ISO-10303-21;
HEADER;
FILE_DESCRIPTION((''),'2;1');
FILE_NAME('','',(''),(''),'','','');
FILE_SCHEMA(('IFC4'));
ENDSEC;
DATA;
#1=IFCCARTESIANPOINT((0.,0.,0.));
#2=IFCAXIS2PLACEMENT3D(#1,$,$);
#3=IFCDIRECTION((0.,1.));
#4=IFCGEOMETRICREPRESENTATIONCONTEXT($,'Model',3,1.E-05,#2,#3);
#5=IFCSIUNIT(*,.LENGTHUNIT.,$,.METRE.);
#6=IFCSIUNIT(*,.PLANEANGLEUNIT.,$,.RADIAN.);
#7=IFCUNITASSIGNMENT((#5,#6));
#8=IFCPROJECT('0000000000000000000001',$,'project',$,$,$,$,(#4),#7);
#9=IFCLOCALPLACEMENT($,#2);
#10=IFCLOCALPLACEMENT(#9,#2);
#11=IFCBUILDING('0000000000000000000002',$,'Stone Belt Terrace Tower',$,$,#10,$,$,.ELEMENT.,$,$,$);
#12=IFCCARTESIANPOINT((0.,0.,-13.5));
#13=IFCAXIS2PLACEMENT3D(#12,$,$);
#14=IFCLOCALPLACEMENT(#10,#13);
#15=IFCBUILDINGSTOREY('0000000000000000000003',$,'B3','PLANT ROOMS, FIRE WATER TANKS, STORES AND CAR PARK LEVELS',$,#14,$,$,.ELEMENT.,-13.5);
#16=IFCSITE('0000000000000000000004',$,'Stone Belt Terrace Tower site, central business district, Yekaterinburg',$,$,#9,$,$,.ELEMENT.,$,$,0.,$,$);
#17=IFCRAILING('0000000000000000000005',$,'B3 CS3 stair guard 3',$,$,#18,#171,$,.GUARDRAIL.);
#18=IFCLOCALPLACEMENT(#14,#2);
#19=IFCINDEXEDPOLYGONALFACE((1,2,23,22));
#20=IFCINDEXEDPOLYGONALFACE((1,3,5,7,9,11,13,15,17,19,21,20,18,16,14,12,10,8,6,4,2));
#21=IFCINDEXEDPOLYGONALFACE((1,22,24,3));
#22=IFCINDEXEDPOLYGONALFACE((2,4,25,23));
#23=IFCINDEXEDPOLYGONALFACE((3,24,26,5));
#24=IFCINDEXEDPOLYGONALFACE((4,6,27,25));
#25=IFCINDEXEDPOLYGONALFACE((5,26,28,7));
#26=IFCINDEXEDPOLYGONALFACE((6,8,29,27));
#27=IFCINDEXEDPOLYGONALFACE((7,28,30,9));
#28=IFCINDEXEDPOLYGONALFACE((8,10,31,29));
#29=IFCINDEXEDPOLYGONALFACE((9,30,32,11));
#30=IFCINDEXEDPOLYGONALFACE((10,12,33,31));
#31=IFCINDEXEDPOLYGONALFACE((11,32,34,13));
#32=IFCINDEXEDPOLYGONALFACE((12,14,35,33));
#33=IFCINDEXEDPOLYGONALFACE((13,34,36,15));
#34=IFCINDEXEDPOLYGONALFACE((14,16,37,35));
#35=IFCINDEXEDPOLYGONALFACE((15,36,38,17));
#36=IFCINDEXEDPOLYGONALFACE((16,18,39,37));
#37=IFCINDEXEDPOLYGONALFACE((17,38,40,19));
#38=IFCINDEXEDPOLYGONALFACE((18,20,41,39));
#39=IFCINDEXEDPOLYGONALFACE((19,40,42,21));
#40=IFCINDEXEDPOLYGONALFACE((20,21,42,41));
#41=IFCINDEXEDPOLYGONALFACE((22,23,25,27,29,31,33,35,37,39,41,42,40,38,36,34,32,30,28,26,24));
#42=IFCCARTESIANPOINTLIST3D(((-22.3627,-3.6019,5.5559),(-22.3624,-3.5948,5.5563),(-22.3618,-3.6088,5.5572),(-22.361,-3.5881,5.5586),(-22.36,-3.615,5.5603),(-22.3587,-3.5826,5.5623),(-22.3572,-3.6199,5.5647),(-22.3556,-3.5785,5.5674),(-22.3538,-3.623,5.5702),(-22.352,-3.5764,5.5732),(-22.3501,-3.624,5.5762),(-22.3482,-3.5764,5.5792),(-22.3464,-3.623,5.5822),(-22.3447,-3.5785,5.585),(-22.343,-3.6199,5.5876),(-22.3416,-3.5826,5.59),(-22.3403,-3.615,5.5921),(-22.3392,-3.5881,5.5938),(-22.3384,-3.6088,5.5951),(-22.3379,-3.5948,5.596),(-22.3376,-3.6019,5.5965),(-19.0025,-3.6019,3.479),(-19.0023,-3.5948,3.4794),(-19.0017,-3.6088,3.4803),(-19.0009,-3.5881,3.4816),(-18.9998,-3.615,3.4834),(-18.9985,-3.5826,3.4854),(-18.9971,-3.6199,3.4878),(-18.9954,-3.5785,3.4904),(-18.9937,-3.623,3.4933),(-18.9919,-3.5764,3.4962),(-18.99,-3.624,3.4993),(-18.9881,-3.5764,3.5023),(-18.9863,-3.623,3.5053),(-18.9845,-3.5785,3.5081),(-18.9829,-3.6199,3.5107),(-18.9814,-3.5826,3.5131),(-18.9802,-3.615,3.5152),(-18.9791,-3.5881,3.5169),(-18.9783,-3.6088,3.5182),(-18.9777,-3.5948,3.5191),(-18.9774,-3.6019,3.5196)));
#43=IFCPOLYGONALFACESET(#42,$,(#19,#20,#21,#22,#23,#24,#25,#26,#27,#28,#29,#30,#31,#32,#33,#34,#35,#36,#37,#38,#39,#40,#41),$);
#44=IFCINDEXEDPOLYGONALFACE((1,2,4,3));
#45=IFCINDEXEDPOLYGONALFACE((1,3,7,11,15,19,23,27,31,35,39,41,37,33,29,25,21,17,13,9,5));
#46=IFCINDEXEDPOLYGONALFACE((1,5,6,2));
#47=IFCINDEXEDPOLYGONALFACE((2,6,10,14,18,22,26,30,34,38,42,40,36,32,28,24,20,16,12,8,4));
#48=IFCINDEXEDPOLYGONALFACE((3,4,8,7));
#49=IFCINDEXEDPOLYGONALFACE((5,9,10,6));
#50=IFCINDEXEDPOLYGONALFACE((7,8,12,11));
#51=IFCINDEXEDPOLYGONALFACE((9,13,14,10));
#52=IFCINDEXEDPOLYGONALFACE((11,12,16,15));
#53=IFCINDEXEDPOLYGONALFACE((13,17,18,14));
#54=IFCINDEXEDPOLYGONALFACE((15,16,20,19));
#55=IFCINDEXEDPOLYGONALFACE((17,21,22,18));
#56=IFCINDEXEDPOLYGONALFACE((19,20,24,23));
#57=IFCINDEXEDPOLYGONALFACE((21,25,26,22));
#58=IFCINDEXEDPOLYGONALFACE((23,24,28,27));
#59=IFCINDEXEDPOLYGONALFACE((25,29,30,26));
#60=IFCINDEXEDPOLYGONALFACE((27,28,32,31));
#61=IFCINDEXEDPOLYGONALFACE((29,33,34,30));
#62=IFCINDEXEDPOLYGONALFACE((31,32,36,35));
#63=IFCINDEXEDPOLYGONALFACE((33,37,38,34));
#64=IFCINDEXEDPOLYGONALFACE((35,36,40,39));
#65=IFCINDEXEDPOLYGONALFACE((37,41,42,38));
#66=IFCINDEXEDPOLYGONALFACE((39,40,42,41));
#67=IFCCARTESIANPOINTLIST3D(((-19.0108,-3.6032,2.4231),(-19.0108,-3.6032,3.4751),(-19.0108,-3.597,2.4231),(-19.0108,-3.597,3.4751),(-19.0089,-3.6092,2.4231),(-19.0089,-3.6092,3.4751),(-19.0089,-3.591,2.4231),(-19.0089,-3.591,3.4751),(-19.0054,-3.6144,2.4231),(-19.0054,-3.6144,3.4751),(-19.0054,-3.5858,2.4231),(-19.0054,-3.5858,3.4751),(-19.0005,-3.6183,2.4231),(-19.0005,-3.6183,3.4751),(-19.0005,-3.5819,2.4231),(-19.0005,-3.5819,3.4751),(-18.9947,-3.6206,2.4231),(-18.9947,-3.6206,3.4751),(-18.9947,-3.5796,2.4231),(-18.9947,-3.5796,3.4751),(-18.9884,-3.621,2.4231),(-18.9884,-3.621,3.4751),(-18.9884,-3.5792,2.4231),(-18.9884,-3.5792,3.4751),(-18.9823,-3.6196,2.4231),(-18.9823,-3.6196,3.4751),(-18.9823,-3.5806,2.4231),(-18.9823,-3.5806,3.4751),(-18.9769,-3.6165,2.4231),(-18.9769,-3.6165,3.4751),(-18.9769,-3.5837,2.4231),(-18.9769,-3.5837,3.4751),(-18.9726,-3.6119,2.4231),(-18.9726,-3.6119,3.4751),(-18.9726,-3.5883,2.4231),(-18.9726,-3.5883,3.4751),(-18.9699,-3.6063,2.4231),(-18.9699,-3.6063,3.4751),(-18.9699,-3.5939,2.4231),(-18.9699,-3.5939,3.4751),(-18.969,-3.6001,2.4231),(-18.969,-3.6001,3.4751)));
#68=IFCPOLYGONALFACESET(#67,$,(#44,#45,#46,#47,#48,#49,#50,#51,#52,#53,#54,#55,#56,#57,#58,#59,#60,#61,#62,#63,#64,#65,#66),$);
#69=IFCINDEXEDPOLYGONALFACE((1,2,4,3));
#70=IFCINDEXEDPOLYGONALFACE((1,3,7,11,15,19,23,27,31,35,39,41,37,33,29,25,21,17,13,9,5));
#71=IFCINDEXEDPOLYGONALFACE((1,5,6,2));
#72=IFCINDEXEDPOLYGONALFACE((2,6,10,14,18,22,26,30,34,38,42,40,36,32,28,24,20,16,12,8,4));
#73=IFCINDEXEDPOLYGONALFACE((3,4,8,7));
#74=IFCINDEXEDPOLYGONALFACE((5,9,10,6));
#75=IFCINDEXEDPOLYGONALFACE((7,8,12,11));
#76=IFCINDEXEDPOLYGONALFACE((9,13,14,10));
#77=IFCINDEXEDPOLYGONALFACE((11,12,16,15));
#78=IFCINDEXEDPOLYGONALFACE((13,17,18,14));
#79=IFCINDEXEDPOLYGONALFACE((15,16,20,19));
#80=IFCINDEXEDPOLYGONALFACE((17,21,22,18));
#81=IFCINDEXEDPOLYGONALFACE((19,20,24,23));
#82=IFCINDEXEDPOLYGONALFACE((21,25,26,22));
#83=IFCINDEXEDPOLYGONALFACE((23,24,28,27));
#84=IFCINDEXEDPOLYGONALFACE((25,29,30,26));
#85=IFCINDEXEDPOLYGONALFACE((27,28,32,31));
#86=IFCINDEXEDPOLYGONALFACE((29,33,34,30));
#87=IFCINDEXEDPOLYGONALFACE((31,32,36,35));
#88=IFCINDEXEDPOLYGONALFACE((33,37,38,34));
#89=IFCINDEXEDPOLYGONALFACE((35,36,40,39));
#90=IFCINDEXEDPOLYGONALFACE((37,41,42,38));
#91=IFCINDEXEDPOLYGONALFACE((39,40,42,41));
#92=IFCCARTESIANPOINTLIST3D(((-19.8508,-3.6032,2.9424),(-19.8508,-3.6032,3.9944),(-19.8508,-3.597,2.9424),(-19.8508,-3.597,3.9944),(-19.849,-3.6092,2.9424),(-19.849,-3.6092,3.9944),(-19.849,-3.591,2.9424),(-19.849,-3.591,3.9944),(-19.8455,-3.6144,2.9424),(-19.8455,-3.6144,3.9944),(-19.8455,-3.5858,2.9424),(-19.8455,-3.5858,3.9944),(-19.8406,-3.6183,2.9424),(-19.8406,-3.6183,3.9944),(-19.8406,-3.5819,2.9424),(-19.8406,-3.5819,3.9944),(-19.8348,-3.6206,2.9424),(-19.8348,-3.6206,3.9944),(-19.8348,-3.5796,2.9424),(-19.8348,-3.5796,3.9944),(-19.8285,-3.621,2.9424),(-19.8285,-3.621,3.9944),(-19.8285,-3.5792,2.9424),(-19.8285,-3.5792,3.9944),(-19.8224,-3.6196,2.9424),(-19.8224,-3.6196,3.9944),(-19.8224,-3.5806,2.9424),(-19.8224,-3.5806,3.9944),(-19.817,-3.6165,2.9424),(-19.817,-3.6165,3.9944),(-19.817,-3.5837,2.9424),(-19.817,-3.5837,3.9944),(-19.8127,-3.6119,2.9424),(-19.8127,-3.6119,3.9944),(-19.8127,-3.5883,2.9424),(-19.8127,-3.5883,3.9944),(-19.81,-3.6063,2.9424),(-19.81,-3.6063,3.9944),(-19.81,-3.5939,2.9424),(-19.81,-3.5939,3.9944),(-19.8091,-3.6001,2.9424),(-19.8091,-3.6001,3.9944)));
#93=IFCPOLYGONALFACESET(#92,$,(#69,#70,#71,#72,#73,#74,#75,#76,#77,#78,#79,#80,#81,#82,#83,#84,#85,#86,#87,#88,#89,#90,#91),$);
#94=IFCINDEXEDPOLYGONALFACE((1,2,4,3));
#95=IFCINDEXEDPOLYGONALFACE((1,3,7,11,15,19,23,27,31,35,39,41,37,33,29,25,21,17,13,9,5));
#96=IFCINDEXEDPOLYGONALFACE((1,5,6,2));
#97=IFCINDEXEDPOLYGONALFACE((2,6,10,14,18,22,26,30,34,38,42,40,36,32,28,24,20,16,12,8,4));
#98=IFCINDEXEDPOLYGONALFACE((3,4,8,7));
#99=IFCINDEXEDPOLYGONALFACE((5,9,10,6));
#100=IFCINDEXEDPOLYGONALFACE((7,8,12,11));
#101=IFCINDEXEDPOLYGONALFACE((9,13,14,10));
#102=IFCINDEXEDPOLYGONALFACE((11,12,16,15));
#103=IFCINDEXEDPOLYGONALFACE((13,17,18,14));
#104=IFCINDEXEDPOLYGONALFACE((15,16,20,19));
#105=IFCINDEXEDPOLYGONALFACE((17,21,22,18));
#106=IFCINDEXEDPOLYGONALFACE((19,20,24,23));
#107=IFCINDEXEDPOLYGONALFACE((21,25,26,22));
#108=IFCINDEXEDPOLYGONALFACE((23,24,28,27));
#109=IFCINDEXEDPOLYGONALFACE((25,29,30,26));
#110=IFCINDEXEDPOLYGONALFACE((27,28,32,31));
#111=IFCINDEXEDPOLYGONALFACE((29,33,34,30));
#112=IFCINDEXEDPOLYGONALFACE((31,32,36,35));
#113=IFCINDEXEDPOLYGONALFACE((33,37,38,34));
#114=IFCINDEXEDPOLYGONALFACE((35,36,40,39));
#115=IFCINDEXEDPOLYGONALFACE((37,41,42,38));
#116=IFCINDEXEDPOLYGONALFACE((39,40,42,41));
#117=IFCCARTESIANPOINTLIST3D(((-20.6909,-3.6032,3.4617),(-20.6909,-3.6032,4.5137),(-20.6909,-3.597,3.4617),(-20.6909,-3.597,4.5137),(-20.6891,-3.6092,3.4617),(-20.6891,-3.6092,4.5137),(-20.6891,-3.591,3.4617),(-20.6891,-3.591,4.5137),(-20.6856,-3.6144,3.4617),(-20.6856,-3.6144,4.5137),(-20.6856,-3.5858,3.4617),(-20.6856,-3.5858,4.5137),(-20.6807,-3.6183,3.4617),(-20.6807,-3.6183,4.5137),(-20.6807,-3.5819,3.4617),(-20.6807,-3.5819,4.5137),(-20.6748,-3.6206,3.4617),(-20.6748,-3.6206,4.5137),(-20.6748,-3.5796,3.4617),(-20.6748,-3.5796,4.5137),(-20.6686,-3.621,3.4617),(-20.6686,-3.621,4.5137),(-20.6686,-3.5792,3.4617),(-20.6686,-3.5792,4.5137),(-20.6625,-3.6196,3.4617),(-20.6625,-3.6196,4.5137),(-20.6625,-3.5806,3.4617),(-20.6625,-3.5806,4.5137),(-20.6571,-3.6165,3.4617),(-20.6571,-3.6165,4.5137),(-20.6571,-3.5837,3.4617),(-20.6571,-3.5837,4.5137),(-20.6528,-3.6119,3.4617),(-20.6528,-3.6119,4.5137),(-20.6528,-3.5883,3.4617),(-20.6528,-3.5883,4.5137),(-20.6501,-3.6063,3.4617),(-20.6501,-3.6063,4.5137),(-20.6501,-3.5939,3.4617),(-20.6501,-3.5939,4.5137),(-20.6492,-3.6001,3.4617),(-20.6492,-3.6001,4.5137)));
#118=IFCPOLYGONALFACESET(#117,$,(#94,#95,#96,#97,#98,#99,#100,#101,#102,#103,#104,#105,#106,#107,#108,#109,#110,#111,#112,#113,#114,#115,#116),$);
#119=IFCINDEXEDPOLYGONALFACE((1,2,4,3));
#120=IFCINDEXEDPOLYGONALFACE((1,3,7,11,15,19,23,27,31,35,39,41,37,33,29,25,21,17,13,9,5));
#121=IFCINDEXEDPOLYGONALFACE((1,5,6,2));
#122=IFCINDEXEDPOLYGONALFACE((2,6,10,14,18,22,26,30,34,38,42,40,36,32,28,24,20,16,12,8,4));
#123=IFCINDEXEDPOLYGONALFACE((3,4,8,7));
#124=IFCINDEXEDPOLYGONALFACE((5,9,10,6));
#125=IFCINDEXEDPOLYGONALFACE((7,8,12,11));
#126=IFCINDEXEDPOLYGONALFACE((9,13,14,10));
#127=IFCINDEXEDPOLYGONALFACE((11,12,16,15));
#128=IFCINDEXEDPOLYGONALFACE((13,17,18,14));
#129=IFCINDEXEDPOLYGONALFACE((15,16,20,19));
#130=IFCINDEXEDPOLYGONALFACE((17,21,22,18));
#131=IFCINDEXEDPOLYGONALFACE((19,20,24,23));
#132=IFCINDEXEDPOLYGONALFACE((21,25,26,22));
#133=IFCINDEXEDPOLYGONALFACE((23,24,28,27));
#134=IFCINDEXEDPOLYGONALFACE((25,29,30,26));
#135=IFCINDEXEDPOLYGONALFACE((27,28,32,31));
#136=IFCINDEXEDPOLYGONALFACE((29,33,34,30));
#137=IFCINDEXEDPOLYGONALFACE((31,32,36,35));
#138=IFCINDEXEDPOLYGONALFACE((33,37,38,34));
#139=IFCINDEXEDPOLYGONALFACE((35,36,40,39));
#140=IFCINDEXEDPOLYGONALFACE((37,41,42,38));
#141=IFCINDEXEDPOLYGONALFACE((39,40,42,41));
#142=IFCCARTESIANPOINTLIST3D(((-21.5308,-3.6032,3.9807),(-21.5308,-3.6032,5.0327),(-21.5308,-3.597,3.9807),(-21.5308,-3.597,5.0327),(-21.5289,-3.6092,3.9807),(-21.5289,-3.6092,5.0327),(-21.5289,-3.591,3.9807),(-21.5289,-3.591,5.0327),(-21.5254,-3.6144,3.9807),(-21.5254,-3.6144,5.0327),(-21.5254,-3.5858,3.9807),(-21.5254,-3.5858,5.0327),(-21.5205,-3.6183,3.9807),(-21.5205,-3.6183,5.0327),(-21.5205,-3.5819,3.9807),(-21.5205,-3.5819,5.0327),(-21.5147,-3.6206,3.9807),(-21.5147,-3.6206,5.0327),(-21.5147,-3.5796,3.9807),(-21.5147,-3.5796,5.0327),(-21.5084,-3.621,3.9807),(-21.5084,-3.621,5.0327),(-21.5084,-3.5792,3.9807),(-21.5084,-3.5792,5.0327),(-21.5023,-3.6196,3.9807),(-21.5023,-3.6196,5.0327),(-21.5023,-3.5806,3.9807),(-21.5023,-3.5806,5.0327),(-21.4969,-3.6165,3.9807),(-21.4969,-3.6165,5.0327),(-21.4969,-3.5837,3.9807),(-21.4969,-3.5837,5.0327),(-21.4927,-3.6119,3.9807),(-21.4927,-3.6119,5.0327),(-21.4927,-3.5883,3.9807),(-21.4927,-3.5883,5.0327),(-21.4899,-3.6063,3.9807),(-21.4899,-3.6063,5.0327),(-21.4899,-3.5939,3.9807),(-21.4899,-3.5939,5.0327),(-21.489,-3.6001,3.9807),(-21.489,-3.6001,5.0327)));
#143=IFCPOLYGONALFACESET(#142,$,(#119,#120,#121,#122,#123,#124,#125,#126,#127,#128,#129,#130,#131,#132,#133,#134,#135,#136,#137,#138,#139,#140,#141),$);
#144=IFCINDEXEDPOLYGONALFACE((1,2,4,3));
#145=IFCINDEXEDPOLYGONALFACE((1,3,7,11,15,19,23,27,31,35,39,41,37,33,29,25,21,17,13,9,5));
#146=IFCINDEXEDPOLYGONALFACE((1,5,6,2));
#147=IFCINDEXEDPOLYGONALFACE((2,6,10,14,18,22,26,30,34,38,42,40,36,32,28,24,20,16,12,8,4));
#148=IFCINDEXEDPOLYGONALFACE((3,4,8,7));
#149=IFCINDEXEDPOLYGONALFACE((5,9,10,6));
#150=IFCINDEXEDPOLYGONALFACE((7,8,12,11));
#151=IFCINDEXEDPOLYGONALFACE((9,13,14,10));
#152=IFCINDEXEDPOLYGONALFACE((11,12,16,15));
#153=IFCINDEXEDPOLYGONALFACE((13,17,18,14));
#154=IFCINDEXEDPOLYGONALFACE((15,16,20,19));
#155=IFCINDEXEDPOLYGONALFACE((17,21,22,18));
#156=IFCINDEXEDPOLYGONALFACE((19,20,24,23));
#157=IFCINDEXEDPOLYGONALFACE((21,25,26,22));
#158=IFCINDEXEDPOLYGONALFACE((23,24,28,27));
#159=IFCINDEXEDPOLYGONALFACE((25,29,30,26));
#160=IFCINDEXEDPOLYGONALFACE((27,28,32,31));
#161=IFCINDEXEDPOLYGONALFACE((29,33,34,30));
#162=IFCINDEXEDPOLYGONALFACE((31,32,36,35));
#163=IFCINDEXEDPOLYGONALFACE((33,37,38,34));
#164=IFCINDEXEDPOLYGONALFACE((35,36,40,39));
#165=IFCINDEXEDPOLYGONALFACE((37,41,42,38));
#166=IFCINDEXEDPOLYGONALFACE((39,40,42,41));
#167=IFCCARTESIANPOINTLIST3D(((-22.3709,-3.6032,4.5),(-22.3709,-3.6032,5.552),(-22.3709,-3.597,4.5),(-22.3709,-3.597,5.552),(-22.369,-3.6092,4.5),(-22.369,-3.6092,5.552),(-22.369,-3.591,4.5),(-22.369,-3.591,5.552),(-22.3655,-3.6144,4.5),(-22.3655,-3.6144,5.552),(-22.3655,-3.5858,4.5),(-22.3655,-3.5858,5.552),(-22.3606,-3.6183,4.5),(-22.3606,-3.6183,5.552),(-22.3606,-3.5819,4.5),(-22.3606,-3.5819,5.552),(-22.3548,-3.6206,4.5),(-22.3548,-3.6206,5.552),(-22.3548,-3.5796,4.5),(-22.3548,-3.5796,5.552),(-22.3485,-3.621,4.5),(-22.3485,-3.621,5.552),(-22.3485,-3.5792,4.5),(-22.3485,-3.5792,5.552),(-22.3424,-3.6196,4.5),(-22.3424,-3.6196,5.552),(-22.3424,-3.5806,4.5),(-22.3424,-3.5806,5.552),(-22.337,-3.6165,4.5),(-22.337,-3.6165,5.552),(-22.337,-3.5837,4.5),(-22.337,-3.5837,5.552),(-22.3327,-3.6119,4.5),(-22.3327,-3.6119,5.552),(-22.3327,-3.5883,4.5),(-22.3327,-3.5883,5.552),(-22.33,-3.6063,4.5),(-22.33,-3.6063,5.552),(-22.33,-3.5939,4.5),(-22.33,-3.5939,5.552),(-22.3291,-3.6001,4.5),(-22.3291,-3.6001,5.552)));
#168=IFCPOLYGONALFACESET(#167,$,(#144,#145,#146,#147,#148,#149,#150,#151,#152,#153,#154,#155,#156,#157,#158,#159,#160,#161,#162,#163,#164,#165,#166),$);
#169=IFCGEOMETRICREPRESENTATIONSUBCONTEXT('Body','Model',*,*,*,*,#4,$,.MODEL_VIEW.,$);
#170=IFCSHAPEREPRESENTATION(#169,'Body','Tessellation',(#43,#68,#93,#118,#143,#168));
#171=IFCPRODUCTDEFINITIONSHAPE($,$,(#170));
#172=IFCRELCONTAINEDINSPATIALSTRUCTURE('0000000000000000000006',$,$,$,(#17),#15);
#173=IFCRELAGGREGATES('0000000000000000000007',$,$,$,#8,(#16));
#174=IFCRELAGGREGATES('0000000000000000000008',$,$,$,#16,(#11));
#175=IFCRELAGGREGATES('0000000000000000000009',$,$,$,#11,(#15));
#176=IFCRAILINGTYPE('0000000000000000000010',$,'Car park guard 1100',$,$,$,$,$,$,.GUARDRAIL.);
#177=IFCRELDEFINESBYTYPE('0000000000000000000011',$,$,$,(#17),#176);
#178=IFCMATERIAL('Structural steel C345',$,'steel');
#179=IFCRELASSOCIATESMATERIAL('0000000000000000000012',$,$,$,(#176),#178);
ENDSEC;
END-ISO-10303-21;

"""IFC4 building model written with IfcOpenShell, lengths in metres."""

from ifc_helpers import new_model, si_unit, direction, frame, origin, origin_2d, place, context, subcontext, project, spatial, circle, extrude, material, type_object, element, save


model = new_model("IFC4")

# Units and contexts
model_context = context("Model", 3, precision=1e-05, world=origin(), true_north=direction((0.0, 1.0)))
body_context = subcontext(model_context, "Body", "Model", "MODEL_VIEW")
ifc_project = project(units=[si_unit("LENGTHUNIT", "METRE"), si_unit("PLANEANGLEUNIT", "RADIAN")], contexts=[model_context])

# Site, building, storey
site_placement = place(None, origin())
site = spatial("IfcSite", under=ifc_project, at=site_placement, Name="Stone Belt Terrace Tower site, central business district, Yekaterinburg", CompositionType="ELEMENT", RefElevation=0.0)
building_placement = place(site_placement, origin())
building = spatial("IfcBuilding", under=site, at=building_placement, Name="Stone Belt Terrace Tower", CompositionType="ELEMENT")
storey_placement = place(building_placement, frame((0.0, 0.0, -13.5)))
storey = spatial("IfcBuildingStorey", under=building, at=storey_placement, Name="B3", Description="PLANT ROOMS, FIRE WATER TANKS, STORES AND CAR PARK LEVELS", CompositionType="ELEMENT", Elevation=-13.5)

# Railing
ifc_material_1 = material(Name="Structural steel C345", Category="steel")
railing_type_1 = type_object("IfcRailingType", Name="Car park guard 1100", PredefinedType="GUARDRAIL", material=ifc_material_1)
railing_1_placement = place(storey_placement, frame((-18.99, -3.6001, 2.4231)))
element("IfcRailing", 1, at=railing_1_placement, inside=storey, type_object=railing_type_1, Name="B3 CS3 stair guard 3", PredefinedType="GUARDRAIL", context=body_context, shape_type="SweptSolid", body=[
    extrude(circle(Radius=0.0239, at=origin_2d()), frame((0.0, 0.0, 1.0762), z_axis=(-0.850623, 0.0, 0.525776), x_axis=(0.0, -1.0, 0.0)), (0.0, 0.0, 1.0), 3.9502),
    extrude(circle(Radius=0.021, at=origin_2d()), origin(), (0.0, 0.0, 1.0), 1.052),
    extrude(circle(Radius=0.021, at=origin_2d()), frame((-0.8401, 0.0, 0.5193)), (0.0, 0.0, 1.0), 1.052),
    extrude(circle(Radius=0.021, at=origin_2d()), frame((-1.6802, 0.0, 1.0386)), (0.0, 0.0, 1.0), 1.052),
    extrude(circle(Radius=0.021, at=origin_2d()), frame((-2.52, 0.0, 1.5576)), (0.0, 0.0, 1.0), 1.052),
    extrude(circle(Radius=0.021, at=origin_2d()), frame((-3.3601, 0.0, 2.0769)), (0.0, 0.0, 1.0), 1.052),
])

save(model, "model.ifc")
